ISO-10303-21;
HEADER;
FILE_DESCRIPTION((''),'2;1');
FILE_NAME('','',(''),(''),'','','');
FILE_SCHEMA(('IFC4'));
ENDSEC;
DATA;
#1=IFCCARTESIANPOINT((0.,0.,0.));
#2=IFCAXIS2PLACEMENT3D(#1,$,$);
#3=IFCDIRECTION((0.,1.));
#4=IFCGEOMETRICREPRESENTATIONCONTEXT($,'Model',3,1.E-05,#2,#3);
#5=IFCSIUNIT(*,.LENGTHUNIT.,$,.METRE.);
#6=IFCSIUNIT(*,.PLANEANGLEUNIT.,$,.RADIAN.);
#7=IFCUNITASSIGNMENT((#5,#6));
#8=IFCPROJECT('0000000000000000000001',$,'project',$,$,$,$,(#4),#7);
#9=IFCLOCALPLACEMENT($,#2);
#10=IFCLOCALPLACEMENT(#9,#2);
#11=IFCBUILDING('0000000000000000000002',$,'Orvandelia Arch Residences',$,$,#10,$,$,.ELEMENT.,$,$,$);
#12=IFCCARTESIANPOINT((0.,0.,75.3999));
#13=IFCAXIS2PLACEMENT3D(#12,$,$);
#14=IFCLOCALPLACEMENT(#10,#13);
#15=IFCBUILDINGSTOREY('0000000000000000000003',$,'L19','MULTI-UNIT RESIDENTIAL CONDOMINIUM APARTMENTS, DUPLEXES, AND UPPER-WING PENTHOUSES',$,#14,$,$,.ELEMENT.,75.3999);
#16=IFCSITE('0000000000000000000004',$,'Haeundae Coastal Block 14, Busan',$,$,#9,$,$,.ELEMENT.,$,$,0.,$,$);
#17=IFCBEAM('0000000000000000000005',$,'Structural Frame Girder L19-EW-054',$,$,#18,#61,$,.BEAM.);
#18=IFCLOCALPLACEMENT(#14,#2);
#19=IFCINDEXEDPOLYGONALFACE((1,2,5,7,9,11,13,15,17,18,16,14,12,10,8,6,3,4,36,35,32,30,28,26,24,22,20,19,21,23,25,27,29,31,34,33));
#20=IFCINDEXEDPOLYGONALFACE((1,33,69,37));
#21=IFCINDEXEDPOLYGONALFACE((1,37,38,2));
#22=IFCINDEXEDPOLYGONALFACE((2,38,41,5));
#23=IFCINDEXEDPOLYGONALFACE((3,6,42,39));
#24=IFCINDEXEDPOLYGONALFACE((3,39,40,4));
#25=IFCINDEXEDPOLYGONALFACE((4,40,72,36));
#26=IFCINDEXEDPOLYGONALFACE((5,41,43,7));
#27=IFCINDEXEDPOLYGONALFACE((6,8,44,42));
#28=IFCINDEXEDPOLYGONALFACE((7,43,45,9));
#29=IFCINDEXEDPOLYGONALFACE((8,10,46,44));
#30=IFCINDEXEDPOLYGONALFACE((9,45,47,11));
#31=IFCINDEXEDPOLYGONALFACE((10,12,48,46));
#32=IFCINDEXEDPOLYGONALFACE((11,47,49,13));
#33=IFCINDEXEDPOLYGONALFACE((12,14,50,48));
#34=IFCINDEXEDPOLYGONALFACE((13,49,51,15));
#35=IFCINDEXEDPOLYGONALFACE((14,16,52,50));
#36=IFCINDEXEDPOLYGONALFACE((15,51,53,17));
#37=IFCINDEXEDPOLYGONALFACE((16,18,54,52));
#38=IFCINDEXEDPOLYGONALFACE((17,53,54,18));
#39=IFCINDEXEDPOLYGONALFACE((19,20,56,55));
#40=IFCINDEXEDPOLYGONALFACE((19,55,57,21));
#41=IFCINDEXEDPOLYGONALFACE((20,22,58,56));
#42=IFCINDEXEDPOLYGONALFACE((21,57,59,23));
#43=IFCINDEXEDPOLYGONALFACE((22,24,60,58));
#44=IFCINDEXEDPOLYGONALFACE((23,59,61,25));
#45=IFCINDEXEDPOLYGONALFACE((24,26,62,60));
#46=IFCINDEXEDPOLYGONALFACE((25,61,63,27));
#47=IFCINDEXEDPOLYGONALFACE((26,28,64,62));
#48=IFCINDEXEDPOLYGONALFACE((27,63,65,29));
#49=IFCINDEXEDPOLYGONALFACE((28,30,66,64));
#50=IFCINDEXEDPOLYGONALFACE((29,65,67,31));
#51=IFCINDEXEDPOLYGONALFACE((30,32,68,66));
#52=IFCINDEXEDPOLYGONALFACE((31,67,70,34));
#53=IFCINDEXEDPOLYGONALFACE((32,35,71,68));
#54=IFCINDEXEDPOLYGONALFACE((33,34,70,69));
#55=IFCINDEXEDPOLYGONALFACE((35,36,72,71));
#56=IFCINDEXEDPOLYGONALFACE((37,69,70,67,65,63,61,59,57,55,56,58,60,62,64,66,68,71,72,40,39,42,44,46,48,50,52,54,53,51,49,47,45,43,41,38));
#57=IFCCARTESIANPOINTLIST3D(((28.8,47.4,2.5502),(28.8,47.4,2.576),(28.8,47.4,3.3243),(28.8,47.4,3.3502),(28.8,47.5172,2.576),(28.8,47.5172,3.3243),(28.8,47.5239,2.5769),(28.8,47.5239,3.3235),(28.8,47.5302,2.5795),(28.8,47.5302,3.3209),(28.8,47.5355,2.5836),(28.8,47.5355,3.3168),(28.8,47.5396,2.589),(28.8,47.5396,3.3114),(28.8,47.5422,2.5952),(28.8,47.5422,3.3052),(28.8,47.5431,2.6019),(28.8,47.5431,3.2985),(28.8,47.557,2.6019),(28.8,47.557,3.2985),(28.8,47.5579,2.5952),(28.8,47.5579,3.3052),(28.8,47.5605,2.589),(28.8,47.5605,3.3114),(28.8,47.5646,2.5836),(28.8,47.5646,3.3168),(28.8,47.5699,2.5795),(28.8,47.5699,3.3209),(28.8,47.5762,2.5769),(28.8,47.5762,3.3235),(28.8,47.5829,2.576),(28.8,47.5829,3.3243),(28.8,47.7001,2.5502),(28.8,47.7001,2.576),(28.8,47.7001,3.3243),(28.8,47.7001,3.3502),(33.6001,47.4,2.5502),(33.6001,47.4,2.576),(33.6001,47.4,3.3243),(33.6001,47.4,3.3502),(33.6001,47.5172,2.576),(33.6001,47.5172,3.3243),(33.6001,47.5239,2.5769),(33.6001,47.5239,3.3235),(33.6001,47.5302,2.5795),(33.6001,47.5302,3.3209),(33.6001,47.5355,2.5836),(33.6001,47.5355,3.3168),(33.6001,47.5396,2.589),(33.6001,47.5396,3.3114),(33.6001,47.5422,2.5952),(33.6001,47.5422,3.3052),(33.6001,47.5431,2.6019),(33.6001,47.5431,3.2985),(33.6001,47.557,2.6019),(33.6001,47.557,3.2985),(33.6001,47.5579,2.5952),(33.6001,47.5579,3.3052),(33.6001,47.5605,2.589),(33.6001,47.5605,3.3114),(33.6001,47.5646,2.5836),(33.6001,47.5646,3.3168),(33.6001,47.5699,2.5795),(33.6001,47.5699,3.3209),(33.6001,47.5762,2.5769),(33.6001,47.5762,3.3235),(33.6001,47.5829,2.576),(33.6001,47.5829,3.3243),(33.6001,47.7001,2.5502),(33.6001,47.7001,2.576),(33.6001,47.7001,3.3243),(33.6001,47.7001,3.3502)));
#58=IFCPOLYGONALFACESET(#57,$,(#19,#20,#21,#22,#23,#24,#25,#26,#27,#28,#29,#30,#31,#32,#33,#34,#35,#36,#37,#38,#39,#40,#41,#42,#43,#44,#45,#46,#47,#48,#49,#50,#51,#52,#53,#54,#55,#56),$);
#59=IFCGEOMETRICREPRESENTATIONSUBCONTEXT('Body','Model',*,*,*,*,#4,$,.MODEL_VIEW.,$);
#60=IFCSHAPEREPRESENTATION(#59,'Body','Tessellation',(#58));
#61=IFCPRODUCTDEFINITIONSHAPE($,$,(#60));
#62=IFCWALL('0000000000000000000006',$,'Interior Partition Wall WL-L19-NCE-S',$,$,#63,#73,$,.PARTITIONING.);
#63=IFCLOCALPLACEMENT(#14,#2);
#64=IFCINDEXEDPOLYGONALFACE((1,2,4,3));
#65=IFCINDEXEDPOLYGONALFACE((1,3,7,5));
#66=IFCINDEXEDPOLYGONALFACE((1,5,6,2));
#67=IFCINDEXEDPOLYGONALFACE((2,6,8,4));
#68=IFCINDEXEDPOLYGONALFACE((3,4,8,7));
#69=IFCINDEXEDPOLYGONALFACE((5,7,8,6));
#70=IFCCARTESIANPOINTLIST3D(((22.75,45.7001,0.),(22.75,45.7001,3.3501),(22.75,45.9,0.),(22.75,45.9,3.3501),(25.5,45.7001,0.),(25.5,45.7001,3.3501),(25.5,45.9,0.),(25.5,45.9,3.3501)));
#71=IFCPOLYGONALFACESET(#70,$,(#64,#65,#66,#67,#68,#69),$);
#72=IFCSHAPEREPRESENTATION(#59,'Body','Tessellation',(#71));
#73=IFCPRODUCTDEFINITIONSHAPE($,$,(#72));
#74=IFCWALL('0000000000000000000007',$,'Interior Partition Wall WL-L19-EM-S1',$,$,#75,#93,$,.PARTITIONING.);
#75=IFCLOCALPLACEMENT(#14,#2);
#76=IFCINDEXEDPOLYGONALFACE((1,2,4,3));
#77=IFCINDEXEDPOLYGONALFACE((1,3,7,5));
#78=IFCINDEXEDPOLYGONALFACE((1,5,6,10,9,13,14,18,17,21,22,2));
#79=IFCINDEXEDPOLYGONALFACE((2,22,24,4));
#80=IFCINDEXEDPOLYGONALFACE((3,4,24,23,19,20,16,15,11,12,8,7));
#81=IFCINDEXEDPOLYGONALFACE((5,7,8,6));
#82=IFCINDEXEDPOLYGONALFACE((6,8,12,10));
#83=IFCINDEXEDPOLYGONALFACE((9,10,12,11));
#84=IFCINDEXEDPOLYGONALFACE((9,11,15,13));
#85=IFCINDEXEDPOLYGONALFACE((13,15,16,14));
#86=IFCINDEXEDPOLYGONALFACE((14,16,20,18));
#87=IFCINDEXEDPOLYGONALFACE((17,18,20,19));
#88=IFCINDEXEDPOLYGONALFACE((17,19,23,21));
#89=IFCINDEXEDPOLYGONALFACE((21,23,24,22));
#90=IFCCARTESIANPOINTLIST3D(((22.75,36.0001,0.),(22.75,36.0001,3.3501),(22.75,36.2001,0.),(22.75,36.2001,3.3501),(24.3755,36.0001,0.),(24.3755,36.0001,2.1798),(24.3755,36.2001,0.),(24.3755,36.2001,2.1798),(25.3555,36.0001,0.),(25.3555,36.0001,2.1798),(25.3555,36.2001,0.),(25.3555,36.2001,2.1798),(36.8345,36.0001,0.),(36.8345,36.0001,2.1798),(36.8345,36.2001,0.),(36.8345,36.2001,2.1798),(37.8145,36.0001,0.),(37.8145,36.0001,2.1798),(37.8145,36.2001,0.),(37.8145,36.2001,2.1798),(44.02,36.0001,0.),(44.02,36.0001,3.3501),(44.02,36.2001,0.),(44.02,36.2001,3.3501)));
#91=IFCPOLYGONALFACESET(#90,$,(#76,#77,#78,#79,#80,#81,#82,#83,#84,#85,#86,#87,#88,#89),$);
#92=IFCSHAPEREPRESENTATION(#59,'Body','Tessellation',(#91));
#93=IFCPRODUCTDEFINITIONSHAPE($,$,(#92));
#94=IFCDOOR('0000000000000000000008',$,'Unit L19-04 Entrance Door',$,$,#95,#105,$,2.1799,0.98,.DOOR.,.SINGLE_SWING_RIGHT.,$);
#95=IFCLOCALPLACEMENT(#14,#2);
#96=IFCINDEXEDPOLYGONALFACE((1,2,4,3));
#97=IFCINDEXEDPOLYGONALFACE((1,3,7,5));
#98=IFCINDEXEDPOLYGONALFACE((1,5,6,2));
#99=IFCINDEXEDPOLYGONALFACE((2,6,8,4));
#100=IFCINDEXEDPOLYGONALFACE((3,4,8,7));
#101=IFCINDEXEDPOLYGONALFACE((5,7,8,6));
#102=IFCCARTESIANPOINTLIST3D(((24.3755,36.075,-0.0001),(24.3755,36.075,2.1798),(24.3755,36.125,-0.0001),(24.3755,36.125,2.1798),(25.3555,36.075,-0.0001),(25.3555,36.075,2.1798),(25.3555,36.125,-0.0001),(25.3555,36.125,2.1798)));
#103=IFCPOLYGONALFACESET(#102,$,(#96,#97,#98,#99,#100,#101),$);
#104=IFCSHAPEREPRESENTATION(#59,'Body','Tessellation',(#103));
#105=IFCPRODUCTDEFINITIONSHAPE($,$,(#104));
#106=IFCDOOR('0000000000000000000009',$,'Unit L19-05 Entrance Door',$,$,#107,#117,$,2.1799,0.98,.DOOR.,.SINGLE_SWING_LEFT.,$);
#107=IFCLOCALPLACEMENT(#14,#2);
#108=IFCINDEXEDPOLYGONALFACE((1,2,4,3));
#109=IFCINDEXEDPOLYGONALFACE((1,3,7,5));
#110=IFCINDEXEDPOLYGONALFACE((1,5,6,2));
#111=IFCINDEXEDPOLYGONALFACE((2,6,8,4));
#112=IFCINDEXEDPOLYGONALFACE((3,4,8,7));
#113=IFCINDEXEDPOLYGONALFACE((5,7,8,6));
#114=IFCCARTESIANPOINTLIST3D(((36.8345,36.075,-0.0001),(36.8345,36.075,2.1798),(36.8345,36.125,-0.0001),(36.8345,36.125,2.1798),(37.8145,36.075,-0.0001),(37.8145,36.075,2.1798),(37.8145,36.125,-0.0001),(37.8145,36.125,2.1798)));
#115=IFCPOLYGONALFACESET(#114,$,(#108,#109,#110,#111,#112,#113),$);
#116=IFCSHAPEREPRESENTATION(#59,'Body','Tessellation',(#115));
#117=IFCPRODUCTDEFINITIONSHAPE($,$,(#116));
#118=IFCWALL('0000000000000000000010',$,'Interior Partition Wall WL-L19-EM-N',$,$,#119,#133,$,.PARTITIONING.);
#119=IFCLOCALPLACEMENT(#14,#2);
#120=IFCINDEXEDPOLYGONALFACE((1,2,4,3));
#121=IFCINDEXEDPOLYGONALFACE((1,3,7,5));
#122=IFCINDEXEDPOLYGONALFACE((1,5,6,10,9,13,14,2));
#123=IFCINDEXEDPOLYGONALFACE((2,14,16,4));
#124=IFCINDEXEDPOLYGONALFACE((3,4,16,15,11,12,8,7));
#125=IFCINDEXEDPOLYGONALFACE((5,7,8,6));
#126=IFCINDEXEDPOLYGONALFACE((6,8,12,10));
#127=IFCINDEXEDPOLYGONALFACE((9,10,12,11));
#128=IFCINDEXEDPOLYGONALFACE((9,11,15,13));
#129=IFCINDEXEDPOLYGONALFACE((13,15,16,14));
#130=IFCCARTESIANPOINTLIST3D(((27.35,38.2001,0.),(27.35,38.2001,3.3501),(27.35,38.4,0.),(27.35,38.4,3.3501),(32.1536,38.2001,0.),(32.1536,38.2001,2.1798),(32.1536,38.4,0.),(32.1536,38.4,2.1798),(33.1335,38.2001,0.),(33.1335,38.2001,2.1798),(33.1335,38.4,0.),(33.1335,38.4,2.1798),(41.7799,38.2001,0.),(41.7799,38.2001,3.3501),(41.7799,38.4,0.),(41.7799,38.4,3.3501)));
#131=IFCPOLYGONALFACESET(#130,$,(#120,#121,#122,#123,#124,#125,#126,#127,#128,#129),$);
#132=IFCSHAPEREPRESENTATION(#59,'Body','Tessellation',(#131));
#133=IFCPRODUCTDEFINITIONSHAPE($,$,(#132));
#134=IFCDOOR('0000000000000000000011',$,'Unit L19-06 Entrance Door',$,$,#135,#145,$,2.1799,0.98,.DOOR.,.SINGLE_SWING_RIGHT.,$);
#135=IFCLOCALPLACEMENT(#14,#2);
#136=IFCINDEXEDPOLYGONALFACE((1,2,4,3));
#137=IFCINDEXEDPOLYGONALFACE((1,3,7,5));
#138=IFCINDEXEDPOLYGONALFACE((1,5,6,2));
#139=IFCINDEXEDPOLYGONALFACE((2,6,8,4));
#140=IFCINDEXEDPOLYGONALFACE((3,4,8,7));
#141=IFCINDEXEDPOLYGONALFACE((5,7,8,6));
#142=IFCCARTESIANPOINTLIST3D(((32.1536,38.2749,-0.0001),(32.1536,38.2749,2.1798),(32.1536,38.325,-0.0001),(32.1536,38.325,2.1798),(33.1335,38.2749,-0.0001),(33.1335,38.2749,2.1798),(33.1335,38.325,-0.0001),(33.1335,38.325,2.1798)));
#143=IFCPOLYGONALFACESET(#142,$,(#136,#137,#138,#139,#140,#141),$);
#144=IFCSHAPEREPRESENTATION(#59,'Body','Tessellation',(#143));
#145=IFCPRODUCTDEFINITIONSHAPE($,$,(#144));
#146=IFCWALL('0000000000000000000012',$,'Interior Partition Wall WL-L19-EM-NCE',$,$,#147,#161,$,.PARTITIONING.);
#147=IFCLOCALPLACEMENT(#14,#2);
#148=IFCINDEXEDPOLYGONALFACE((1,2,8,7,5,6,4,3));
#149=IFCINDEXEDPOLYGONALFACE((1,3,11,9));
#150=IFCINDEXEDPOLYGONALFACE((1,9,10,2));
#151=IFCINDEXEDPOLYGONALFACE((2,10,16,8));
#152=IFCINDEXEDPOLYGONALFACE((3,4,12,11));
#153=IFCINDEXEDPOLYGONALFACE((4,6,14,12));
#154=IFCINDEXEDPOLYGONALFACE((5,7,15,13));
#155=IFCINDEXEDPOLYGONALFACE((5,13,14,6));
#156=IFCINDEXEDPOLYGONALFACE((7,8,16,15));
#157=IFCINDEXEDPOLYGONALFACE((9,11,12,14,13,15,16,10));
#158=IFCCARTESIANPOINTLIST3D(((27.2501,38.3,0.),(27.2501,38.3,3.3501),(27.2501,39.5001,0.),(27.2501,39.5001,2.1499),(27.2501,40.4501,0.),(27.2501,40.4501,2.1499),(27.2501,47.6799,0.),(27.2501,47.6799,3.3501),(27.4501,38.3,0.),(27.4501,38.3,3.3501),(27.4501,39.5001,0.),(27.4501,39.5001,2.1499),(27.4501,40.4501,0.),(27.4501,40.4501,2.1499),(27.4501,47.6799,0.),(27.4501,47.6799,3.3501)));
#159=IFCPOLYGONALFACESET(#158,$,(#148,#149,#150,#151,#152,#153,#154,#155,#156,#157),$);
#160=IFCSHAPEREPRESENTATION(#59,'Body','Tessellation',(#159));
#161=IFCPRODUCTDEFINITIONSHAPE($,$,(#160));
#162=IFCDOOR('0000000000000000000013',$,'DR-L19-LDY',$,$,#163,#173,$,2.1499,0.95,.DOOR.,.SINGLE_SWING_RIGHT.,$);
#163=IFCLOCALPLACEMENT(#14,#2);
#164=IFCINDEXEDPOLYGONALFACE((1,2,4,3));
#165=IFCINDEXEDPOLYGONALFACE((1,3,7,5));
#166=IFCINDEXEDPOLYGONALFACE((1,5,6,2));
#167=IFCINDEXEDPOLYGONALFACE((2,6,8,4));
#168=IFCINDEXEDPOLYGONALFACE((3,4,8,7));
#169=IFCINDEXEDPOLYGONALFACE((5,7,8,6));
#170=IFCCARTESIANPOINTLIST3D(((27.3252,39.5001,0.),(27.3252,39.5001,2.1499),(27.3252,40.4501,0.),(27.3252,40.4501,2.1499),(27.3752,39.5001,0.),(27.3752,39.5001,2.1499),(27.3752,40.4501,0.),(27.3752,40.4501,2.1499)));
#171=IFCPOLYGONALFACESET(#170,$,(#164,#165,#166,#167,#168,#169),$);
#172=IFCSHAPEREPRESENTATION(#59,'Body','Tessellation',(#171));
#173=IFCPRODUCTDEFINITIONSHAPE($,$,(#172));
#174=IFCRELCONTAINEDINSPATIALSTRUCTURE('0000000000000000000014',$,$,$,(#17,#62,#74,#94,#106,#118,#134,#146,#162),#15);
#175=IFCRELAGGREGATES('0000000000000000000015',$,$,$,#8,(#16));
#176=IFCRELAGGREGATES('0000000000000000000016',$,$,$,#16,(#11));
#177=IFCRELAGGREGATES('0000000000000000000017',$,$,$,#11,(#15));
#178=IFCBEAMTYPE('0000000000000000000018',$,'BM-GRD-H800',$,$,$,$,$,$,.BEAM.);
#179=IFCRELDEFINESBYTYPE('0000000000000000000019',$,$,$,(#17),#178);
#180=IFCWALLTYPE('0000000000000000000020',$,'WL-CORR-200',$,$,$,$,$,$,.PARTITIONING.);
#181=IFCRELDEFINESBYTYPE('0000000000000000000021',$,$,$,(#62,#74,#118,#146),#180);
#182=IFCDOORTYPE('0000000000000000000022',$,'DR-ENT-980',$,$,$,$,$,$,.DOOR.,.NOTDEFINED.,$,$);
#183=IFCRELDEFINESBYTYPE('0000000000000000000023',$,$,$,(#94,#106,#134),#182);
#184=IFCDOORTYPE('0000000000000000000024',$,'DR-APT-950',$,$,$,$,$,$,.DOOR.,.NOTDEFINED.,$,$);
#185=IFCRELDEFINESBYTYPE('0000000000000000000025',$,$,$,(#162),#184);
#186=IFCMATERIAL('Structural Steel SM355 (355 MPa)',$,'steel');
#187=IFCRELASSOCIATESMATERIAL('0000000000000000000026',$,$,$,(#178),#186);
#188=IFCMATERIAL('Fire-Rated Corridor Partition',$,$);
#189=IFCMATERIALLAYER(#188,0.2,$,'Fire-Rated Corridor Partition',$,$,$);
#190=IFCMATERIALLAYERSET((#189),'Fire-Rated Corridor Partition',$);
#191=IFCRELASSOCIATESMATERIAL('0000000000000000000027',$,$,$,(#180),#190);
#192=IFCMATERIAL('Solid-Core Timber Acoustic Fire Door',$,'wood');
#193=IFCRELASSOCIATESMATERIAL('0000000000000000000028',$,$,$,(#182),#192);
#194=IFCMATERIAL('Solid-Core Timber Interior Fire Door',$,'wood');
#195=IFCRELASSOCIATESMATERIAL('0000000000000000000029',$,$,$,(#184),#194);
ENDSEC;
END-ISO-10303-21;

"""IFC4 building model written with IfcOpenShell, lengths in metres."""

from ifc_helpers import new_model, si_unit, direction, frame, frame_2d, origin, origin_2d, place, context, subcontext, project, spatial, rectangle, i_section, extrude, material, layer, layer_set, material_profile, profile_set, type_object, element, fill, save


model = new_model("IFC4")

# Units and contexts
model_context = context("Model", 3, precision=1e-05, world=origin(), true_north=direction((0.0, 1.0)))
body_context = subcontext(model_context, "Body", "Model", "MODEL_VIEW")
ifc_project = project(units=[si_unit("LENGTHUNIT", "METRE"), si_unit("PLANEANGLEUNIT", "RADIAN")], contexts=[model_context])

# Site, building, storey
site_placement = place(None, origin())
site = spatial("IfcSite", under=ifc_project, at=site_placement, Name="Haeundae Coastal Block 14, Busan", CompositionType="ELEMENT", RefElevation=0.0)
building_placement = place(site_placement, origin())
building = spatial("IfcBuilding", under=site, at=building_placement, Name="Orvandelia Arch Residences", CompositionType="ELEMENT")
storey_placement = place(building_placement, frame((0.0, 0.0, 75.3999)))
storey = spatial("IfcBuildingStorey", under=building, at=storey_placement, Name="L19", Description="MULTI-UNIT RESIDENTIAL CONDOMINIUM APARTMENTS, DUPLEXES, AND UPPER-WING PENTHOUSES", CompositionType="ELEMENT", Elevation=75.3999)

# Beam
ifc_material_1 = material(Name="Structural Steel SM355 (355 MPa)", Category="steel")
ifc_material_profile_1 = material_profile(ifc_material_1, i_section(OverallWidth=0.3, OverallDepth=0.8, WebThickness=0.0139, FlangeThickness=0.0259, FilletRadius=0.0259, at=origin_2d()), Name="Structural Steel SM355 (355 MPa)", Category="steel")
ifc_profile_set_1 = profile_set([ifc_material_profile_1], Name="Structural Steel SM355 (355 MPa)")
beam_type = type_object("IfcBeamType", Name="BM-GRD-H800", PredefinedType="BEAM", material=ifc_profile_set_1)
beam_1_placement = place(storey_placement, frame((28.8, 47.55, 2.9502), z_axis=(1.0, 0.0, 0.0), x_axis=(0.0, 1.0, 0.0)))
element("IfcBeam", 1, at=beam_1_placement, inside=storey, type_object=beam_type, Name="Structural Frame Girder L19-EW-054", PredefinedType="BEAM", context=body_context, shape_type="SweptSolid", body=[
    extrude(i_section(OverallWidth=0.3, OverallDepth=0.8, WebThickness=0.0139, FlangeThickness=0.0259, FilletRadius=0.0259, at=origin_2d()), origin(), (0.0, 0.0, 1.0), 4.8),
])

# Wall
ifc_material_2 = material(Name="Fire-Rated Corridor Partition")
ifc_layer_1 = layer(ifc_material_2, 0.2, Name="Fire-Rated Corridor Partition")
ifc_layer_set_1 = layer_set([ifc_layer_1], Name="Fire-Rated Corridor Partition")
wall_type_1 = type_object("IfcWallType", Name="WL-CORR-200", PredefinedType="PARTITIONING", material=ifc_layer_set_1)
wall_1_placement = place(storey_placement, frame((22.75, 45.8, 0.0), z_axis=(0.0, 0.0, 1.0), x_axis=(1.0, 0.0, 0.0)))
element("IfcWall", 2, at=wall_1_placement, inside=storey, type_object=wall_type_1, Name="Interior Partition Wall WL-L19-NCE-S", PredefinedType="PARTITIONING", context=body_context, shape_type="SweptSolid", body=[
    extrude(rectangle(XDim=2.75, YDim=0.2, at=frame_2d((1.375, 0.0))), origin(), (0.0, 0.0, 1.0), 3.3501),
])

# Wall, openings, doors
wall_2_placement = place(storey_placement, frame((22.75, 36.1001, 0.0), z_axis=(0.0, 0.0, 1.0), x_axis=(1.0, 0.0, 0.0)))
wall_2 = element("IfcWall", 3, at=wall_2_placement, inside=storey, type_object=wall_type_1, Name="Interior Partition Wall WL-L19-EM-S1", PredefinedType="PARTITIONING", context=body_context, shape_type="SweptSolid", body=[
    extrude(rectangle(XDim=21.27, YDim=0.2, at=frame_2d((10.635, 0.0))), origin(), (0.0, 0.0, 1.0), 3.3501),
])
opening_1_placement = place(wall_2_placement, frame((1.6255, 0.0, 0.0)))
opening_1 = element("IfcOpeningElement", 4, at=opening_1_placement, cuts=wall_2, PredefinedType="OPENING", context=body_context, shape_type="SweptSolid", body=[
    extrude(rectangle(XDim=0.98, YDim=2.1799, at=frame_2d((0.49, 1.0898))), frame((0.0, 0.1099, 0.0), z_axis=(0.0, -1.0, 0.0), x_axis=(1.0, 0.0, 0.0)), (0.0, 0.0, 1.0), 0.22),
])
opening_2_placement = place(wall_2_placement, frame((14.0845, 0.0, 0.0)))
opening_2 = element("IfcOpeningElement", 5, at=opening_2_placement, cuts=wall_2, PredefinedType="OPENING", context=body_context, shape_type="SweptSolid", body=[
    extrude(rectangle(XDim=0.98, YDim=2.1799, at=frame_2d((0.49, 1.0898))), frame((0.0, 0.1099, 0.0), z_axis=(0.0, -1.0, 0.0), x_axis=(1.0, 0.0, 0.0)), (0.0, 0.0, 1.0), 0.22),
])
ifc_material_3 = material(Name="Solid-Core Timber Acoustic Fire Door", Category="wood")
door_type_1 = type_object("IfcDoorType", Name="DR-ENT-980", OperationType="NOTDEFINED", PredefinedType="DOOR", material=ifc_material_3)
door_1_placement = place(opening_1_placement, origin())
door_1 = element("IfcDoor", 6, at=door_1_placement, inside=storey, type_object=door_type_1, Name="Unit L19-04 Entrance Door", OperationType="SINGLE_SWING_RIGHT", OverallHeight=2.1799, OverallWidth=0.98, PredefinedType="DOOR", context=body_context, shape_type="SweptSolid", body=[
    extrude(rectangle(XDim=0.98, YDim=2.1799, at=frame_2d((0.49, 1.0898))), frame((0.0, 0.0249, 0.0), z_axis=(0.0, -1.0, 0.0), x_axis=(1.0, 0.0, 0.0)), (0.0, 0.0, 1.0), 0.05),
])
fill(opening_1, door_1)
door_2_placement = place(opening_2_placement, origin())
door_2 = element("IfcDoor", 7, at=door_2_placement, inside=storey, type_object=door_type_1, Name="Unit L19-05 Entrance Door", OperationType="SINGLE_SWING_LEFT", OverallHeight=2.1799, OverallWidth=0.98, PredefinedType="DOOR", context=body_context, shape_type="SweptSolid", body=[
    extrude(rectangle(XDim=0.98, YDim=2.1799, at=frame_2d((0.49, 1.0898))), frame((0.0, 0.0249, 0.0), z_axis=(0.0, -1.0, 0.0), x_axis=(1.0, 0.0, 0.0)), (0.0, 0.0, 1.0), 0.05),
])
fill(opening_2, door_2)

# Walls, openings, doors
wall_3_placement = place(storey_placement, frame((27.3501, 38.3, 0.0), z_axis=(0.0, 0.0, 1.0), x_axis=(1.0, 0.0, 0.0)))
wall_3 = element("IfcWall", 8, at=wall_3_placement, inside=storey, type_object=wall_type_1, Name="Interior Partition Wall WL-L19-EM-N", PredefinedType="PARTITIONING", context=body_context, shape_type="SweptSolid", body=[
    extrude(rectangle(XDim=14.4299, YDim=0.2, at=frame_2d((7.2148, 0.0))), origin(), (0.0, 0.0, 1.0), 3.3501),
])
opening_3_placement = place(wall_3_placement, frame((4.8035, 0.0, 0.0)))
opening_3 = element("IfcOpeningElement", 9, at=opening_3_placement, cuts=wall_3, PredefinedType="OPENING", context=body_context, shape_type="SweptSolid", body=[
    extrude(rectangle(XDim=0.98, YDim=2.1799, at=frame_2d((0.49, 1.0898))), frame((0.0, 0.1099, 0.0), z_axis=(0.0, -1.0, 0.0), x_axis=(1.0, 0.0, 0.0)), (0.0, 0.0, 1.0), 0.22),
])
door_3_placement = place(opening_3_placement, origin())
door_3 = element("IfcDoor", 10, at=door_3_placement, inside=storey, type_object=door_type_1, Name="Unit L19-06 Entrance Door", OperationType="SINGLE_SWING_RIGHT", OverallHeight=2.1799, OverallWidth=0.98, PredefinedType="DOOR", context=body_context, shape_type="SweptSolid", body=[
    extrude(rectangle(XDim=0.98, YDim=2.1799, at=frame_2d((0.49, 1.0898))), frame((0.0, 0.0249, 0.0), z_axis=(0.0, -1.0, 0.0), x_axis=(1.0, 0.0, 0.0)), (0.0, 0.0, 1.0), 0.05),
])
fill(opening_3, door_3)
wall_4_placement = place(storey_placement, frame((27.3501, 38.3, 0.0), z_axis=(0.0, 0.0, 1.0), x_axis=(0.0, 1.0, 0.0)))
wall_4 = element("IfcWall", 11, at=wall_4_placement, inside=storey, type_object=wall_type_1, Name="Interior Partition Wall WL-L19-EM-NCE", PredefinedType="PARTITIONING", context=body_context, shape_type="SweptSolid", body=[
    extrude(rectangle(XDim=9.3799, YDim=0.2, at=frame_2d((4.6899, 0.0))), origin(), (0.0, 0.0, 1.0), 3.3501),
])
opening_4_placement = place(wall_4_placement, frame((1.2, 0.0, 0.0)))
opening_4 = element("IfcOpeningElement", 12, at=opening_4_placement, cuts=wall_4, PredefinedType="OPENING", context=body_context, shape_type="SweptSolid", body=[
    extrude(rectangle(XDim=0.95, YDim=2.1499, at=frame_2d((0.4751, 1.075))), frame((0.0, 0.1099, 0.0), z_axis=(0.0, -1.0, 0.0), x_axis=(1.0, 0.0, 0.0)), (0.0, 0.0, 1.0), 0.22),
])
ifc_material_4 = material(Name="Solid-Core Timber Interior Fire Door", Category="wood")
door_type_2 = type_object("IfcDoorType", Name="DR-APT-950", OperationType="NOTDEFINED", PredefinedType="DOOR", material=ifc_material_4)
door_4_placement = place(opening_4_placement, origin())
door_4 = element("IfcDoor", 13, at=door_4_placement, inside=storey, type_object=door_type_2, Name="DR-L19-LDY", OperationType="SINGLE_SWING_RIGHT", OverallHeight=2.1499, OverallWidth=0.95, PredefinedType="DOOR", context=body_context, shape_type="SweptSolid", body=[
    extrude(rectangle(XDim=0.95, YDim=2.1499, at=frame_2d((0.4751, 1.075))), frame((0.0, 0.0249, 0.0), z_axis=(0.0, -1.0, 0.0), x_axis=(1.0, 0.0, 0.0)), (0.0, 0.0, 1.0), 0.05),
])
fill(opening_4, door_4)

save(model, "model.ifc")
